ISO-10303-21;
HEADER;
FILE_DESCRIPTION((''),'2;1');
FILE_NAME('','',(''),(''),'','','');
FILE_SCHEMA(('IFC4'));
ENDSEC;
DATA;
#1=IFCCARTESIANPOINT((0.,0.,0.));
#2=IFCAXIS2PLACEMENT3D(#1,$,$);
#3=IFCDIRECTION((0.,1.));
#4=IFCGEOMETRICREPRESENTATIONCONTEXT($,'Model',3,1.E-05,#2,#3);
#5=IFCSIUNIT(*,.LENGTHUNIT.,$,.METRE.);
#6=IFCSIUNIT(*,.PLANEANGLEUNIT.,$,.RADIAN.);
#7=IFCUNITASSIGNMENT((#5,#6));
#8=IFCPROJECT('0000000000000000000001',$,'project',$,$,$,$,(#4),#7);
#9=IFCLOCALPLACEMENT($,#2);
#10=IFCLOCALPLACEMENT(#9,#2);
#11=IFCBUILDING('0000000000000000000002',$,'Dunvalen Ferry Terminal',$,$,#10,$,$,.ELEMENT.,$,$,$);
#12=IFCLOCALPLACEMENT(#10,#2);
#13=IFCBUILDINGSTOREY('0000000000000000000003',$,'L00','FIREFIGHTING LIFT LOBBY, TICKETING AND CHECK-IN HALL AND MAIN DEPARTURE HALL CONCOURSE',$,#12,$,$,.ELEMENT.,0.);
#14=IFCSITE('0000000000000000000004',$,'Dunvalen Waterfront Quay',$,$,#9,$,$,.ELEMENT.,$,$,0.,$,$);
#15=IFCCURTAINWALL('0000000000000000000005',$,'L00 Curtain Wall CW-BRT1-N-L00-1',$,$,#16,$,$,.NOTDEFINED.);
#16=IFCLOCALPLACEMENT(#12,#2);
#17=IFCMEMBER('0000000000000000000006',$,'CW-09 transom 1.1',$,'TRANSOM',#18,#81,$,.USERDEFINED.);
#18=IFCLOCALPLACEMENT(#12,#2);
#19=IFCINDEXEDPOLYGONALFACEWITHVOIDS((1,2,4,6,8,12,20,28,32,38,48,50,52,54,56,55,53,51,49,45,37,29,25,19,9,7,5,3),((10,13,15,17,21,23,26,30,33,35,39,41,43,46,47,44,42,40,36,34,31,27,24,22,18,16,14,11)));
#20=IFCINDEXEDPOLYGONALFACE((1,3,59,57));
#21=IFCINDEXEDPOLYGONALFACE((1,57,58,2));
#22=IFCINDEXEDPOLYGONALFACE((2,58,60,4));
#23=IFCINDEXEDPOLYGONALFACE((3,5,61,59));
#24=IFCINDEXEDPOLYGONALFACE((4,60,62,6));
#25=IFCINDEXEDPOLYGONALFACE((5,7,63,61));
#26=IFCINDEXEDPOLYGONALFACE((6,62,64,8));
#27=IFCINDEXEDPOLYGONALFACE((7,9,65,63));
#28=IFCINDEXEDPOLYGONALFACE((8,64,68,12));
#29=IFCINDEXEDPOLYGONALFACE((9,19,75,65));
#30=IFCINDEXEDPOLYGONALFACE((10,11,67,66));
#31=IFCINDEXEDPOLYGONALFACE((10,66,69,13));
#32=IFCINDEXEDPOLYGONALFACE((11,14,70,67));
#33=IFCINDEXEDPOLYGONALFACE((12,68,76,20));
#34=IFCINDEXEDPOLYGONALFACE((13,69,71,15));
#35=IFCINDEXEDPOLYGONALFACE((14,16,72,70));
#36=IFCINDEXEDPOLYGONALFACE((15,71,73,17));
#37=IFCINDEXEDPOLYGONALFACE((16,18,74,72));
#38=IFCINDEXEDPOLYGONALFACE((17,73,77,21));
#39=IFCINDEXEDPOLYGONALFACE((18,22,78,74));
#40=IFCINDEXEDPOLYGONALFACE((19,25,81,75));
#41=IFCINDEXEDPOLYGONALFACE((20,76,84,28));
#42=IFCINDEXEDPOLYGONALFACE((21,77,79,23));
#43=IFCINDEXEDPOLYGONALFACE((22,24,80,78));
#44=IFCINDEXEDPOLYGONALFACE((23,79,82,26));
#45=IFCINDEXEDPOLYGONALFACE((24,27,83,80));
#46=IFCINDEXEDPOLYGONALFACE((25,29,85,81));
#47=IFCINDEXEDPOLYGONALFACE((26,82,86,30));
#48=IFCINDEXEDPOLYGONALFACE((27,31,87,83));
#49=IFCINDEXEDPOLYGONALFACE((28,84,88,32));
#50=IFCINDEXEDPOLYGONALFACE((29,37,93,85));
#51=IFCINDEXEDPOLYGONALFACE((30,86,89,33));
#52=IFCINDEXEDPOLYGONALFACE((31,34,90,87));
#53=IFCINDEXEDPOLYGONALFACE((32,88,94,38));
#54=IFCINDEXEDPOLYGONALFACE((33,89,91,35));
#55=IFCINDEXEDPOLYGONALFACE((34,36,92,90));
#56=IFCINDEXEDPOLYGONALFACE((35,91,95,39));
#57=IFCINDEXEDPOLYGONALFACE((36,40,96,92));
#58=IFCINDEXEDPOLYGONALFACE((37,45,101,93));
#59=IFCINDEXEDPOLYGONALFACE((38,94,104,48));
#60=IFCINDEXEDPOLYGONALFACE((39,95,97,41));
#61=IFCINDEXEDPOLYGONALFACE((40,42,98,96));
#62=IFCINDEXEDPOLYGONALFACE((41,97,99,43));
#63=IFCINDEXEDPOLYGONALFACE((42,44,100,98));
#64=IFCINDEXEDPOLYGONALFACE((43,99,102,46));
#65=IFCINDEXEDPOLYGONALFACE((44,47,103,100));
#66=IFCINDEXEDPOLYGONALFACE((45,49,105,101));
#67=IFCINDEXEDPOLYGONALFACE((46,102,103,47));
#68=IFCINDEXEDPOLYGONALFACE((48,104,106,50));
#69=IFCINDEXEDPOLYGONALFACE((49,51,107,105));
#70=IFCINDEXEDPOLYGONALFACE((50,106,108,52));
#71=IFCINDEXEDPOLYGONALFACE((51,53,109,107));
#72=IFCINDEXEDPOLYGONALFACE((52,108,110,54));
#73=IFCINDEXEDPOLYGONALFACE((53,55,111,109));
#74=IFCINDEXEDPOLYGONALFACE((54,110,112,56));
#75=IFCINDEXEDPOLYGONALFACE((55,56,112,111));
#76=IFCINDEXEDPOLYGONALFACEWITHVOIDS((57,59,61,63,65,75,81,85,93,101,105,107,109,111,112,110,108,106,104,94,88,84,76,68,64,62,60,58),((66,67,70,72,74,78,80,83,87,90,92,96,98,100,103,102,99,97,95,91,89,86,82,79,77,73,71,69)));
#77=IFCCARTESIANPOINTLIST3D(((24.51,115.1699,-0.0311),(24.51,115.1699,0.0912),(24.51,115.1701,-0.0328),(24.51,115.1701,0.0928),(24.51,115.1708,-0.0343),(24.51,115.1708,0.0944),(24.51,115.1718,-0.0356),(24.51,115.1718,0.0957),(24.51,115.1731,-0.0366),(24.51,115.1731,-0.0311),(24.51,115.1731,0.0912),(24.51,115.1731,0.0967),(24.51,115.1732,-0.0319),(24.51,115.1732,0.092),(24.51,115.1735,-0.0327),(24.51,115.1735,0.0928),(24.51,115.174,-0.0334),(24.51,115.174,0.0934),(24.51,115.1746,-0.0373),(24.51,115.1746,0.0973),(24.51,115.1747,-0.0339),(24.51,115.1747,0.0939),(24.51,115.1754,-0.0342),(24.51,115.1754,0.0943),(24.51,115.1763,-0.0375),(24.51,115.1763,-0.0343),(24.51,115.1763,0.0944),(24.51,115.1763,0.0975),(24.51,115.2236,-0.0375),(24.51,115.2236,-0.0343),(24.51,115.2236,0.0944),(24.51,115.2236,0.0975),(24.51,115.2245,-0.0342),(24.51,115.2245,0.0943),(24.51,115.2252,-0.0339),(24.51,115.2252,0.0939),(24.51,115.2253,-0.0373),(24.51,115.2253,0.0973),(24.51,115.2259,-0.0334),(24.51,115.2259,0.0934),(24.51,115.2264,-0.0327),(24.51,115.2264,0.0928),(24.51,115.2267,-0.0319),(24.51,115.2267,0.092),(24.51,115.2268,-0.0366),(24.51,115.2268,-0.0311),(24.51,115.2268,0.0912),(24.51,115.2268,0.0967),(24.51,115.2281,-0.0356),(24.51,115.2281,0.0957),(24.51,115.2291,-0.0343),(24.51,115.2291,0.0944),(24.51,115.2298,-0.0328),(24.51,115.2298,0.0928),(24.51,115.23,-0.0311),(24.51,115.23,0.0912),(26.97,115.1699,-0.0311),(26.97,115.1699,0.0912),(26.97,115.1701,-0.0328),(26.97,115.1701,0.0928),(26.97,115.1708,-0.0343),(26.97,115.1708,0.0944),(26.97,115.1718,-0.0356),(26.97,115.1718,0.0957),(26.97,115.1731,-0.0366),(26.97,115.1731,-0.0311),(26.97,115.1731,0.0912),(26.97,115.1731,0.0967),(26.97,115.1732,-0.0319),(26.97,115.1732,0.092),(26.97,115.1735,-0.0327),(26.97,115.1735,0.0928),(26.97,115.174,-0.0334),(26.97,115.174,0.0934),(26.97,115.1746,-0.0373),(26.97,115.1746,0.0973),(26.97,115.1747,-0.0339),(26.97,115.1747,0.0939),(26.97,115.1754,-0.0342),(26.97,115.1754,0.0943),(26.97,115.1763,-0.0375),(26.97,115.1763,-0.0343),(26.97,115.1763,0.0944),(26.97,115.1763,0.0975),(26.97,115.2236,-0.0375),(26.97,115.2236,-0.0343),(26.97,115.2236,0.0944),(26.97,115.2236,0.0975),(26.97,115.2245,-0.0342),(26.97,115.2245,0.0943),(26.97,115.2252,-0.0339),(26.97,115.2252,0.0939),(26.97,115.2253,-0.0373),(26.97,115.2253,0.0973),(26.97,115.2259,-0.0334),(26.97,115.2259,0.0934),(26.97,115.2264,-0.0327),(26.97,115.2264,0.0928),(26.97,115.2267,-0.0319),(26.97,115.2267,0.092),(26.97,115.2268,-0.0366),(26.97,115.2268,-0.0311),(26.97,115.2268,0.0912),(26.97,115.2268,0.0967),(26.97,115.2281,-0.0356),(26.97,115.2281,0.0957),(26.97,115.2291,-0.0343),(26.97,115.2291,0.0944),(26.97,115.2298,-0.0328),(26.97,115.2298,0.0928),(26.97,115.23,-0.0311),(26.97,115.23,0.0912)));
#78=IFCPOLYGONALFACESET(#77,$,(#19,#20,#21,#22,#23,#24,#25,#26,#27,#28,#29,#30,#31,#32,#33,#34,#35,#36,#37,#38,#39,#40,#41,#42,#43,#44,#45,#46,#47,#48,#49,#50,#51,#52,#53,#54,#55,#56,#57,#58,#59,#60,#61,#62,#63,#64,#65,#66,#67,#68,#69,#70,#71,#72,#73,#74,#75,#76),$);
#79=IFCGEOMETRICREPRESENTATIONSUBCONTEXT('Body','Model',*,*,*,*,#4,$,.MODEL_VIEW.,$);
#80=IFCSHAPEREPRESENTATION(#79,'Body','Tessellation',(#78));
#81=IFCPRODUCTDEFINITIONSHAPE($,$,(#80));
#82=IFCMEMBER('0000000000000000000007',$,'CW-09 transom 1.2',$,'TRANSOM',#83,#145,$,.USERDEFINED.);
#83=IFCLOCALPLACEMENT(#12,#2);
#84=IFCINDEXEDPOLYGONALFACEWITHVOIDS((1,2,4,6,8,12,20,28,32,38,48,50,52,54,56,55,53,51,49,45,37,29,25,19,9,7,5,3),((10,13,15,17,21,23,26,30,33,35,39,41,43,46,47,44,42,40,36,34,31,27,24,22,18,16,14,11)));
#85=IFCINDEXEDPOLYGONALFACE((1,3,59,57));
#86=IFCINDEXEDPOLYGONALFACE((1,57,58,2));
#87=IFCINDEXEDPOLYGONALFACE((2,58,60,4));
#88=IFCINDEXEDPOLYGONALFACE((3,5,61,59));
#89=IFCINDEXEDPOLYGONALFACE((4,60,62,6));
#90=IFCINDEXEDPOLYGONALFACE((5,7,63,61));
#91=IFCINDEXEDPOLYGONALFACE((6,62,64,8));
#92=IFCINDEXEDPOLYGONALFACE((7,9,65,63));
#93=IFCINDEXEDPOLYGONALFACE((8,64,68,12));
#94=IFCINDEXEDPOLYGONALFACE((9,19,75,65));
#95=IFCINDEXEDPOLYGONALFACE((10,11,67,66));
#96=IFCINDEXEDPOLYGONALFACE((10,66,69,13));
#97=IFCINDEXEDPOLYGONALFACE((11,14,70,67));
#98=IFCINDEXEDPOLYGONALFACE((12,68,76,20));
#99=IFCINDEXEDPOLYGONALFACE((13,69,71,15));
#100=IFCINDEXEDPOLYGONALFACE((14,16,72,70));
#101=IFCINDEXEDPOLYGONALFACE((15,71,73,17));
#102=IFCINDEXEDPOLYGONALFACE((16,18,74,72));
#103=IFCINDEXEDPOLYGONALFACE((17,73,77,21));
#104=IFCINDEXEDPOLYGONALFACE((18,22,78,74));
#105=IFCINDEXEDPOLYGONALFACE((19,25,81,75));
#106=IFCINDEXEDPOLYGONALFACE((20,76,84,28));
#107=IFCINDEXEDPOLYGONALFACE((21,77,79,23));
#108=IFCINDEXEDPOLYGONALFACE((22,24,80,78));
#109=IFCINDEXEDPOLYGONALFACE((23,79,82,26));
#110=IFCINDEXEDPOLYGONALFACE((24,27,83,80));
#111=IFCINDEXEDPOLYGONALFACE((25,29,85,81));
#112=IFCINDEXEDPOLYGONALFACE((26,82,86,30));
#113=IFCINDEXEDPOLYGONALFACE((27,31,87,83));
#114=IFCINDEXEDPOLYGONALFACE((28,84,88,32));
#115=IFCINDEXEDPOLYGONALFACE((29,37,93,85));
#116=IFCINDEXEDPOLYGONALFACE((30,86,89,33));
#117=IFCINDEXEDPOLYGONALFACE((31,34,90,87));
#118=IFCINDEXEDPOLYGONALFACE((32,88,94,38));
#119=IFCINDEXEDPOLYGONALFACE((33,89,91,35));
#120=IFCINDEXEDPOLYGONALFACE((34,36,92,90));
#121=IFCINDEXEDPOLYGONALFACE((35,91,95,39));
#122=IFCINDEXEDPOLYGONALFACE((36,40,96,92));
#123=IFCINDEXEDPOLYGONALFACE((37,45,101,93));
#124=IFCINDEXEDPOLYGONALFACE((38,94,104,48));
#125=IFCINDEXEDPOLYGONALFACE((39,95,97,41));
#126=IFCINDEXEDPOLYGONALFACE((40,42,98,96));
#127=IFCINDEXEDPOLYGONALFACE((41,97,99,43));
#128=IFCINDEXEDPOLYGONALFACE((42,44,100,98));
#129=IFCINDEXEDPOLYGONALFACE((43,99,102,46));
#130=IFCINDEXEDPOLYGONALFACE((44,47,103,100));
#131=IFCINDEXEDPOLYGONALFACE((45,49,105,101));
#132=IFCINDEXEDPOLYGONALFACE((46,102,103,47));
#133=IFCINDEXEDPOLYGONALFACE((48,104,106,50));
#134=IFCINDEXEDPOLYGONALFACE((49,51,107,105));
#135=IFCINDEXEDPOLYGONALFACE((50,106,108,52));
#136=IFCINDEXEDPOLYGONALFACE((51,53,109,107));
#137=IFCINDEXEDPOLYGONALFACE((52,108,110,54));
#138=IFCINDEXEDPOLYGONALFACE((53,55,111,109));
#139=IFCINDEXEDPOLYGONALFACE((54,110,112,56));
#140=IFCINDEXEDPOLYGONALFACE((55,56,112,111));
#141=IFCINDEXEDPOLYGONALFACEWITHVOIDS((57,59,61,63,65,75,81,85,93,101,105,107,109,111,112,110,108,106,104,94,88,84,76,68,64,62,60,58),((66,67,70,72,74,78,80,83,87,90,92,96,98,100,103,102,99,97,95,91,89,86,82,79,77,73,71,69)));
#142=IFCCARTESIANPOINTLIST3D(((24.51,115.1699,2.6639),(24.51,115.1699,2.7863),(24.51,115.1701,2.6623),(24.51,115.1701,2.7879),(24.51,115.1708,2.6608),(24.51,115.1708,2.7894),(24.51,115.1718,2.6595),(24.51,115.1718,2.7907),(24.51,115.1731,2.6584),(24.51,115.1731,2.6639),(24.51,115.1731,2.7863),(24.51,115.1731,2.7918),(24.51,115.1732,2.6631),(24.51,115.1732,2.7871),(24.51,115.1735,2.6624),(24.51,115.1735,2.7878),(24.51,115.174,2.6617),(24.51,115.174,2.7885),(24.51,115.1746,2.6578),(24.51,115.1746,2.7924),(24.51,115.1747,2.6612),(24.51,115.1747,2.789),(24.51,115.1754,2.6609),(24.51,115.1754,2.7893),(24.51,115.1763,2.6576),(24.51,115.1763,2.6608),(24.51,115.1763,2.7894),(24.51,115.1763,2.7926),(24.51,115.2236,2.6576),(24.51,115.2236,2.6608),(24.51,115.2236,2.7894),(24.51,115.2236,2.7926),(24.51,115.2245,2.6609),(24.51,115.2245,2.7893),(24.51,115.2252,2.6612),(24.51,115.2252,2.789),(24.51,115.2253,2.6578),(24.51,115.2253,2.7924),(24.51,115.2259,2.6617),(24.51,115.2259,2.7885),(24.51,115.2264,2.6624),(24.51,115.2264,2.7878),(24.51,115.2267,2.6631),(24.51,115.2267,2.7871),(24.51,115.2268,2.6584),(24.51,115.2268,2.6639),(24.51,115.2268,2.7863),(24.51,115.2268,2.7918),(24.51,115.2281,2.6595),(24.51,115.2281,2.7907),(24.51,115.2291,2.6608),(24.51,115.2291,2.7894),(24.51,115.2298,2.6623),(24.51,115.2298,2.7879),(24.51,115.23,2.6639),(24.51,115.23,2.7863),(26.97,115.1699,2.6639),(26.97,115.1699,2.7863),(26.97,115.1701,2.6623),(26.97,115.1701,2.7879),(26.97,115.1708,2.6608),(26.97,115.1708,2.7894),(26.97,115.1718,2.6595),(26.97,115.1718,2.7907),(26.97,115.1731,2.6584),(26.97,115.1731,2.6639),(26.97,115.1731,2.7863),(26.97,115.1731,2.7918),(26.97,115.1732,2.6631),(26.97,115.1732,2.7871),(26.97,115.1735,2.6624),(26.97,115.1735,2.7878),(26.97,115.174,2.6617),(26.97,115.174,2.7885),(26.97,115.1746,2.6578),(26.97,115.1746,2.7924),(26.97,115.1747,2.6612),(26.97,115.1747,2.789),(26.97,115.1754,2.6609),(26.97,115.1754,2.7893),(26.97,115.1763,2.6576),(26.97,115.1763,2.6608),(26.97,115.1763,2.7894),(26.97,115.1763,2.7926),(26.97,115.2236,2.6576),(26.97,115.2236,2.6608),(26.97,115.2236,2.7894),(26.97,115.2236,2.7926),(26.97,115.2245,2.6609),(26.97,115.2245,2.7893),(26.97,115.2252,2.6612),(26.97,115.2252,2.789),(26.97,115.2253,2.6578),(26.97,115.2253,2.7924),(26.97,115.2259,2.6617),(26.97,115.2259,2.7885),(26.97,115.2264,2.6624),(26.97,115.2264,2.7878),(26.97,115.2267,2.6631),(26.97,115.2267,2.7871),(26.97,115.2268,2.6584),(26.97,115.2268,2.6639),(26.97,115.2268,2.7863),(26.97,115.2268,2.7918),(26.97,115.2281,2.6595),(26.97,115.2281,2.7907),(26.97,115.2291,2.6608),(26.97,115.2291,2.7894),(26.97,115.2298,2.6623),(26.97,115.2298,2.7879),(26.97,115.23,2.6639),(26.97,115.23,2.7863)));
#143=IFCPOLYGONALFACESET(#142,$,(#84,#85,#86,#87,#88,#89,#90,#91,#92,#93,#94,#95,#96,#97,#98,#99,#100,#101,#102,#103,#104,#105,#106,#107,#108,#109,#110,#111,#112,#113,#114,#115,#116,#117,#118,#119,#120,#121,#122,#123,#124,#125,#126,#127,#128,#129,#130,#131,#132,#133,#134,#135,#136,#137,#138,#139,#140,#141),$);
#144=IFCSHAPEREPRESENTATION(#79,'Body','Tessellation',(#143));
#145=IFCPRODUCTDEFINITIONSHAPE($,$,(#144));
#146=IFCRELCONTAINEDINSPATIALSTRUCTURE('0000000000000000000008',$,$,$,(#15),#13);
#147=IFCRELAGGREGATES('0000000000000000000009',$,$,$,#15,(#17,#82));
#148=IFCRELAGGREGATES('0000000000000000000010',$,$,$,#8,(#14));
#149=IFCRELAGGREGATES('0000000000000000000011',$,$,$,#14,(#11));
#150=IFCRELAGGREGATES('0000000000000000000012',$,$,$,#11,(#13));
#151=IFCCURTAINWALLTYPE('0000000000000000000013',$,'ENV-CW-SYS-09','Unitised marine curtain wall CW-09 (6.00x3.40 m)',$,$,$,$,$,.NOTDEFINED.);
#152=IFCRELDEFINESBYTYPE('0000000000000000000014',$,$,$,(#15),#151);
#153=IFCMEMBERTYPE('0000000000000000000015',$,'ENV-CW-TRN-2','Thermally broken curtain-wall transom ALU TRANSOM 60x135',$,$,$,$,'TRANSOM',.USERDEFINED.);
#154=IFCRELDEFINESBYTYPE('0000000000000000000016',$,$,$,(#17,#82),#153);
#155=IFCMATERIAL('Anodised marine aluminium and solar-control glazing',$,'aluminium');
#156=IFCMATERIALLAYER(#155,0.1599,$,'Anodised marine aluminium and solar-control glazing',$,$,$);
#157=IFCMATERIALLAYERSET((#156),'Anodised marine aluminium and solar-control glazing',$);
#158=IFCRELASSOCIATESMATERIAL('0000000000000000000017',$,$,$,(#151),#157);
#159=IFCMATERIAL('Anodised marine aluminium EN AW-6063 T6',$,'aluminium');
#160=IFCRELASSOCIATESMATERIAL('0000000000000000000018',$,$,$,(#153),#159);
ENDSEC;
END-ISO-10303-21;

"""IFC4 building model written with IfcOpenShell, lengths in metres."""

from ifc_helpers import new_model, si_unit, direction, frame, origin, origin_2d, place, context, subcontext, project, spatial, hollow_rectangle, extrude, material, layer, layer_set, material_profile, profile_set, type_object, element, aggregate, save


model = new_model("IFC4")

# Units and contexts
model_context = context("Model", 3, precision=1e-05, world=origin(), true_north=direction((0.0, 1.0)))
body_context = subcontext(model_context, "Body", "Model", "MODEL_VIEW")
ifc_project = project(units=[si_unit("LENGTHUNIT", "METRE"), si_unit("PLANEANGLEUNIT", "RADIAN")], contexts=[model_context])

# Site, building, storey
site_placement = place(None, origin())
site = spatial("IfcSite", under=ifc_project, at=site_placement, Name="Dunvalen Waterfront Quay", CompositionType="ELEMENT", RefElevation=0.0)
building_placement = place(site_placement, origin())
building = spatial("IfcBuilding", under=site, at=building_placement, Name="Dunvalen Ferry Terminal", CompositionType="ELEMENT")
storey_placement = place(building_placement, origin())
storey = spatial("IfcBuildingStorey", under=building, at=storey_placement, Name="L00", Description="FIREFIGHTING LIFT LOBBY, TICKETING AND CHECK-IN HALL AND MAIN DEPARTURE HALL CONCOURSE", CompositionType="ELEMENT", Elevation=0.0)

# Curtain wall
ifc_material_1 = material(Name="Anodised marine aluminium and solar-control glazing", Category="aluminium")
ifc_layer_1 = layer(ifc_material_1, 0.1599, Name="Anodised marine aluminium and solar-control glazing")
ifc_layer_set_1 = layer_set([ifc_layer_1], Name="Anodised marine aluminium and solar-control glazing")
curtain_wall_type = type_object("IfcCurtainWallType", Name="ENV-CW-SYS-09", Description="Unitised marine curtain wall CW-09 (6.00x3.40 m)", PredefinedType="NOTDEFINED", material=ifc_layer_set_1)
curtain_wall_1_placement = place(storey_placement, origin())
curtain_wall_1 = element("IfcCurtainWall", 1, at=curtain_wall_1_placement, inside=storey, type_object=curtain_wall_type, Name="L00 Curtain Wall CW-BRT1-N-L00-1", PredefinedType="NOTDEFINED")
ifc_material_2 = material(Name="Anodised marine aluminium EN AW-6063 T6", Category="aluminium")

# Members
ifc_material_profile_1 = material_profile(ifc_material_2, hollow_rectangle(XDim=0.0601, YDim=0.135, WallThickness=0.0032, InnerFilletRadius=0.0032, OuterFilletRadius=0.0063, at=origin_2d()), Name="Anodised marine aluminium EN AW-6063 T6")
ifc_profile_set_1 = profile_set([ifc_material_profile_1], Name="Anodised marine aluminium EN AW-6063 T6")
member_type_1 = type_object("IfcMemberType", Name="ENV-CW-TRN-2", Description="Thermally broken curtain-wall transom ALU TRANSOM 60x135", ElementType="TRANSOM", PredefinedType="USERDEFINED", material=ifc_profile_set_1)
member_1_placement = place(storey_placement, frame((24.51, 115.2, 0.03), z_axis=(1.0, 0.0, 0.0), x_axis=(0.0, 1.0, 0.0)))
member_1 = element("IfcMember", 2, at=member_1_placement, type_object=member_type_1, Name="CW-09 transom 1.1", ObjectType="TRANSOM", PredefinedType="USERDEFINED", context=body_context, shape_type="SweptSolid", body=[
    extrude(hollow_rectangle(XDim=0.0601, YDim=0.135, WallThickness=0.0032, InnerFilletRadius=0.0032, OuterFilletRadius=0.0063, at=origin_2d()), origin(), (0.0, 0.0, 1.0), 2.46),
])
member_2_placement = place(storey_placement, frame((24.51, 115.2, 2.7251), z_axis=(1.0, 0.0, 0.0), x_axis=(0.0, 1.0, 0.0)))
member_2 = element("IfcMember", 3, at=member_2_placement, type_object=member_type_1, Name="CW-09 transom 1.2", ObjectType="TRANSOM", PredefinedType="USERDEFINED", context=body_context, shape_type="SweptSolid", body=[
    extrude(hollow_rectangle(XDim=0.0601, YDim=0.135, WallThickness=0.0032, InnerFilletRadius=0.0032, OuterFilletRadius=0.0063, at=origin_2d()), origin(), (0.0, 0.0, 1.0), 2.46),
])

aggregate(curtain_wall_1, [member_1, member_2])

save(model, "model.ifc")
